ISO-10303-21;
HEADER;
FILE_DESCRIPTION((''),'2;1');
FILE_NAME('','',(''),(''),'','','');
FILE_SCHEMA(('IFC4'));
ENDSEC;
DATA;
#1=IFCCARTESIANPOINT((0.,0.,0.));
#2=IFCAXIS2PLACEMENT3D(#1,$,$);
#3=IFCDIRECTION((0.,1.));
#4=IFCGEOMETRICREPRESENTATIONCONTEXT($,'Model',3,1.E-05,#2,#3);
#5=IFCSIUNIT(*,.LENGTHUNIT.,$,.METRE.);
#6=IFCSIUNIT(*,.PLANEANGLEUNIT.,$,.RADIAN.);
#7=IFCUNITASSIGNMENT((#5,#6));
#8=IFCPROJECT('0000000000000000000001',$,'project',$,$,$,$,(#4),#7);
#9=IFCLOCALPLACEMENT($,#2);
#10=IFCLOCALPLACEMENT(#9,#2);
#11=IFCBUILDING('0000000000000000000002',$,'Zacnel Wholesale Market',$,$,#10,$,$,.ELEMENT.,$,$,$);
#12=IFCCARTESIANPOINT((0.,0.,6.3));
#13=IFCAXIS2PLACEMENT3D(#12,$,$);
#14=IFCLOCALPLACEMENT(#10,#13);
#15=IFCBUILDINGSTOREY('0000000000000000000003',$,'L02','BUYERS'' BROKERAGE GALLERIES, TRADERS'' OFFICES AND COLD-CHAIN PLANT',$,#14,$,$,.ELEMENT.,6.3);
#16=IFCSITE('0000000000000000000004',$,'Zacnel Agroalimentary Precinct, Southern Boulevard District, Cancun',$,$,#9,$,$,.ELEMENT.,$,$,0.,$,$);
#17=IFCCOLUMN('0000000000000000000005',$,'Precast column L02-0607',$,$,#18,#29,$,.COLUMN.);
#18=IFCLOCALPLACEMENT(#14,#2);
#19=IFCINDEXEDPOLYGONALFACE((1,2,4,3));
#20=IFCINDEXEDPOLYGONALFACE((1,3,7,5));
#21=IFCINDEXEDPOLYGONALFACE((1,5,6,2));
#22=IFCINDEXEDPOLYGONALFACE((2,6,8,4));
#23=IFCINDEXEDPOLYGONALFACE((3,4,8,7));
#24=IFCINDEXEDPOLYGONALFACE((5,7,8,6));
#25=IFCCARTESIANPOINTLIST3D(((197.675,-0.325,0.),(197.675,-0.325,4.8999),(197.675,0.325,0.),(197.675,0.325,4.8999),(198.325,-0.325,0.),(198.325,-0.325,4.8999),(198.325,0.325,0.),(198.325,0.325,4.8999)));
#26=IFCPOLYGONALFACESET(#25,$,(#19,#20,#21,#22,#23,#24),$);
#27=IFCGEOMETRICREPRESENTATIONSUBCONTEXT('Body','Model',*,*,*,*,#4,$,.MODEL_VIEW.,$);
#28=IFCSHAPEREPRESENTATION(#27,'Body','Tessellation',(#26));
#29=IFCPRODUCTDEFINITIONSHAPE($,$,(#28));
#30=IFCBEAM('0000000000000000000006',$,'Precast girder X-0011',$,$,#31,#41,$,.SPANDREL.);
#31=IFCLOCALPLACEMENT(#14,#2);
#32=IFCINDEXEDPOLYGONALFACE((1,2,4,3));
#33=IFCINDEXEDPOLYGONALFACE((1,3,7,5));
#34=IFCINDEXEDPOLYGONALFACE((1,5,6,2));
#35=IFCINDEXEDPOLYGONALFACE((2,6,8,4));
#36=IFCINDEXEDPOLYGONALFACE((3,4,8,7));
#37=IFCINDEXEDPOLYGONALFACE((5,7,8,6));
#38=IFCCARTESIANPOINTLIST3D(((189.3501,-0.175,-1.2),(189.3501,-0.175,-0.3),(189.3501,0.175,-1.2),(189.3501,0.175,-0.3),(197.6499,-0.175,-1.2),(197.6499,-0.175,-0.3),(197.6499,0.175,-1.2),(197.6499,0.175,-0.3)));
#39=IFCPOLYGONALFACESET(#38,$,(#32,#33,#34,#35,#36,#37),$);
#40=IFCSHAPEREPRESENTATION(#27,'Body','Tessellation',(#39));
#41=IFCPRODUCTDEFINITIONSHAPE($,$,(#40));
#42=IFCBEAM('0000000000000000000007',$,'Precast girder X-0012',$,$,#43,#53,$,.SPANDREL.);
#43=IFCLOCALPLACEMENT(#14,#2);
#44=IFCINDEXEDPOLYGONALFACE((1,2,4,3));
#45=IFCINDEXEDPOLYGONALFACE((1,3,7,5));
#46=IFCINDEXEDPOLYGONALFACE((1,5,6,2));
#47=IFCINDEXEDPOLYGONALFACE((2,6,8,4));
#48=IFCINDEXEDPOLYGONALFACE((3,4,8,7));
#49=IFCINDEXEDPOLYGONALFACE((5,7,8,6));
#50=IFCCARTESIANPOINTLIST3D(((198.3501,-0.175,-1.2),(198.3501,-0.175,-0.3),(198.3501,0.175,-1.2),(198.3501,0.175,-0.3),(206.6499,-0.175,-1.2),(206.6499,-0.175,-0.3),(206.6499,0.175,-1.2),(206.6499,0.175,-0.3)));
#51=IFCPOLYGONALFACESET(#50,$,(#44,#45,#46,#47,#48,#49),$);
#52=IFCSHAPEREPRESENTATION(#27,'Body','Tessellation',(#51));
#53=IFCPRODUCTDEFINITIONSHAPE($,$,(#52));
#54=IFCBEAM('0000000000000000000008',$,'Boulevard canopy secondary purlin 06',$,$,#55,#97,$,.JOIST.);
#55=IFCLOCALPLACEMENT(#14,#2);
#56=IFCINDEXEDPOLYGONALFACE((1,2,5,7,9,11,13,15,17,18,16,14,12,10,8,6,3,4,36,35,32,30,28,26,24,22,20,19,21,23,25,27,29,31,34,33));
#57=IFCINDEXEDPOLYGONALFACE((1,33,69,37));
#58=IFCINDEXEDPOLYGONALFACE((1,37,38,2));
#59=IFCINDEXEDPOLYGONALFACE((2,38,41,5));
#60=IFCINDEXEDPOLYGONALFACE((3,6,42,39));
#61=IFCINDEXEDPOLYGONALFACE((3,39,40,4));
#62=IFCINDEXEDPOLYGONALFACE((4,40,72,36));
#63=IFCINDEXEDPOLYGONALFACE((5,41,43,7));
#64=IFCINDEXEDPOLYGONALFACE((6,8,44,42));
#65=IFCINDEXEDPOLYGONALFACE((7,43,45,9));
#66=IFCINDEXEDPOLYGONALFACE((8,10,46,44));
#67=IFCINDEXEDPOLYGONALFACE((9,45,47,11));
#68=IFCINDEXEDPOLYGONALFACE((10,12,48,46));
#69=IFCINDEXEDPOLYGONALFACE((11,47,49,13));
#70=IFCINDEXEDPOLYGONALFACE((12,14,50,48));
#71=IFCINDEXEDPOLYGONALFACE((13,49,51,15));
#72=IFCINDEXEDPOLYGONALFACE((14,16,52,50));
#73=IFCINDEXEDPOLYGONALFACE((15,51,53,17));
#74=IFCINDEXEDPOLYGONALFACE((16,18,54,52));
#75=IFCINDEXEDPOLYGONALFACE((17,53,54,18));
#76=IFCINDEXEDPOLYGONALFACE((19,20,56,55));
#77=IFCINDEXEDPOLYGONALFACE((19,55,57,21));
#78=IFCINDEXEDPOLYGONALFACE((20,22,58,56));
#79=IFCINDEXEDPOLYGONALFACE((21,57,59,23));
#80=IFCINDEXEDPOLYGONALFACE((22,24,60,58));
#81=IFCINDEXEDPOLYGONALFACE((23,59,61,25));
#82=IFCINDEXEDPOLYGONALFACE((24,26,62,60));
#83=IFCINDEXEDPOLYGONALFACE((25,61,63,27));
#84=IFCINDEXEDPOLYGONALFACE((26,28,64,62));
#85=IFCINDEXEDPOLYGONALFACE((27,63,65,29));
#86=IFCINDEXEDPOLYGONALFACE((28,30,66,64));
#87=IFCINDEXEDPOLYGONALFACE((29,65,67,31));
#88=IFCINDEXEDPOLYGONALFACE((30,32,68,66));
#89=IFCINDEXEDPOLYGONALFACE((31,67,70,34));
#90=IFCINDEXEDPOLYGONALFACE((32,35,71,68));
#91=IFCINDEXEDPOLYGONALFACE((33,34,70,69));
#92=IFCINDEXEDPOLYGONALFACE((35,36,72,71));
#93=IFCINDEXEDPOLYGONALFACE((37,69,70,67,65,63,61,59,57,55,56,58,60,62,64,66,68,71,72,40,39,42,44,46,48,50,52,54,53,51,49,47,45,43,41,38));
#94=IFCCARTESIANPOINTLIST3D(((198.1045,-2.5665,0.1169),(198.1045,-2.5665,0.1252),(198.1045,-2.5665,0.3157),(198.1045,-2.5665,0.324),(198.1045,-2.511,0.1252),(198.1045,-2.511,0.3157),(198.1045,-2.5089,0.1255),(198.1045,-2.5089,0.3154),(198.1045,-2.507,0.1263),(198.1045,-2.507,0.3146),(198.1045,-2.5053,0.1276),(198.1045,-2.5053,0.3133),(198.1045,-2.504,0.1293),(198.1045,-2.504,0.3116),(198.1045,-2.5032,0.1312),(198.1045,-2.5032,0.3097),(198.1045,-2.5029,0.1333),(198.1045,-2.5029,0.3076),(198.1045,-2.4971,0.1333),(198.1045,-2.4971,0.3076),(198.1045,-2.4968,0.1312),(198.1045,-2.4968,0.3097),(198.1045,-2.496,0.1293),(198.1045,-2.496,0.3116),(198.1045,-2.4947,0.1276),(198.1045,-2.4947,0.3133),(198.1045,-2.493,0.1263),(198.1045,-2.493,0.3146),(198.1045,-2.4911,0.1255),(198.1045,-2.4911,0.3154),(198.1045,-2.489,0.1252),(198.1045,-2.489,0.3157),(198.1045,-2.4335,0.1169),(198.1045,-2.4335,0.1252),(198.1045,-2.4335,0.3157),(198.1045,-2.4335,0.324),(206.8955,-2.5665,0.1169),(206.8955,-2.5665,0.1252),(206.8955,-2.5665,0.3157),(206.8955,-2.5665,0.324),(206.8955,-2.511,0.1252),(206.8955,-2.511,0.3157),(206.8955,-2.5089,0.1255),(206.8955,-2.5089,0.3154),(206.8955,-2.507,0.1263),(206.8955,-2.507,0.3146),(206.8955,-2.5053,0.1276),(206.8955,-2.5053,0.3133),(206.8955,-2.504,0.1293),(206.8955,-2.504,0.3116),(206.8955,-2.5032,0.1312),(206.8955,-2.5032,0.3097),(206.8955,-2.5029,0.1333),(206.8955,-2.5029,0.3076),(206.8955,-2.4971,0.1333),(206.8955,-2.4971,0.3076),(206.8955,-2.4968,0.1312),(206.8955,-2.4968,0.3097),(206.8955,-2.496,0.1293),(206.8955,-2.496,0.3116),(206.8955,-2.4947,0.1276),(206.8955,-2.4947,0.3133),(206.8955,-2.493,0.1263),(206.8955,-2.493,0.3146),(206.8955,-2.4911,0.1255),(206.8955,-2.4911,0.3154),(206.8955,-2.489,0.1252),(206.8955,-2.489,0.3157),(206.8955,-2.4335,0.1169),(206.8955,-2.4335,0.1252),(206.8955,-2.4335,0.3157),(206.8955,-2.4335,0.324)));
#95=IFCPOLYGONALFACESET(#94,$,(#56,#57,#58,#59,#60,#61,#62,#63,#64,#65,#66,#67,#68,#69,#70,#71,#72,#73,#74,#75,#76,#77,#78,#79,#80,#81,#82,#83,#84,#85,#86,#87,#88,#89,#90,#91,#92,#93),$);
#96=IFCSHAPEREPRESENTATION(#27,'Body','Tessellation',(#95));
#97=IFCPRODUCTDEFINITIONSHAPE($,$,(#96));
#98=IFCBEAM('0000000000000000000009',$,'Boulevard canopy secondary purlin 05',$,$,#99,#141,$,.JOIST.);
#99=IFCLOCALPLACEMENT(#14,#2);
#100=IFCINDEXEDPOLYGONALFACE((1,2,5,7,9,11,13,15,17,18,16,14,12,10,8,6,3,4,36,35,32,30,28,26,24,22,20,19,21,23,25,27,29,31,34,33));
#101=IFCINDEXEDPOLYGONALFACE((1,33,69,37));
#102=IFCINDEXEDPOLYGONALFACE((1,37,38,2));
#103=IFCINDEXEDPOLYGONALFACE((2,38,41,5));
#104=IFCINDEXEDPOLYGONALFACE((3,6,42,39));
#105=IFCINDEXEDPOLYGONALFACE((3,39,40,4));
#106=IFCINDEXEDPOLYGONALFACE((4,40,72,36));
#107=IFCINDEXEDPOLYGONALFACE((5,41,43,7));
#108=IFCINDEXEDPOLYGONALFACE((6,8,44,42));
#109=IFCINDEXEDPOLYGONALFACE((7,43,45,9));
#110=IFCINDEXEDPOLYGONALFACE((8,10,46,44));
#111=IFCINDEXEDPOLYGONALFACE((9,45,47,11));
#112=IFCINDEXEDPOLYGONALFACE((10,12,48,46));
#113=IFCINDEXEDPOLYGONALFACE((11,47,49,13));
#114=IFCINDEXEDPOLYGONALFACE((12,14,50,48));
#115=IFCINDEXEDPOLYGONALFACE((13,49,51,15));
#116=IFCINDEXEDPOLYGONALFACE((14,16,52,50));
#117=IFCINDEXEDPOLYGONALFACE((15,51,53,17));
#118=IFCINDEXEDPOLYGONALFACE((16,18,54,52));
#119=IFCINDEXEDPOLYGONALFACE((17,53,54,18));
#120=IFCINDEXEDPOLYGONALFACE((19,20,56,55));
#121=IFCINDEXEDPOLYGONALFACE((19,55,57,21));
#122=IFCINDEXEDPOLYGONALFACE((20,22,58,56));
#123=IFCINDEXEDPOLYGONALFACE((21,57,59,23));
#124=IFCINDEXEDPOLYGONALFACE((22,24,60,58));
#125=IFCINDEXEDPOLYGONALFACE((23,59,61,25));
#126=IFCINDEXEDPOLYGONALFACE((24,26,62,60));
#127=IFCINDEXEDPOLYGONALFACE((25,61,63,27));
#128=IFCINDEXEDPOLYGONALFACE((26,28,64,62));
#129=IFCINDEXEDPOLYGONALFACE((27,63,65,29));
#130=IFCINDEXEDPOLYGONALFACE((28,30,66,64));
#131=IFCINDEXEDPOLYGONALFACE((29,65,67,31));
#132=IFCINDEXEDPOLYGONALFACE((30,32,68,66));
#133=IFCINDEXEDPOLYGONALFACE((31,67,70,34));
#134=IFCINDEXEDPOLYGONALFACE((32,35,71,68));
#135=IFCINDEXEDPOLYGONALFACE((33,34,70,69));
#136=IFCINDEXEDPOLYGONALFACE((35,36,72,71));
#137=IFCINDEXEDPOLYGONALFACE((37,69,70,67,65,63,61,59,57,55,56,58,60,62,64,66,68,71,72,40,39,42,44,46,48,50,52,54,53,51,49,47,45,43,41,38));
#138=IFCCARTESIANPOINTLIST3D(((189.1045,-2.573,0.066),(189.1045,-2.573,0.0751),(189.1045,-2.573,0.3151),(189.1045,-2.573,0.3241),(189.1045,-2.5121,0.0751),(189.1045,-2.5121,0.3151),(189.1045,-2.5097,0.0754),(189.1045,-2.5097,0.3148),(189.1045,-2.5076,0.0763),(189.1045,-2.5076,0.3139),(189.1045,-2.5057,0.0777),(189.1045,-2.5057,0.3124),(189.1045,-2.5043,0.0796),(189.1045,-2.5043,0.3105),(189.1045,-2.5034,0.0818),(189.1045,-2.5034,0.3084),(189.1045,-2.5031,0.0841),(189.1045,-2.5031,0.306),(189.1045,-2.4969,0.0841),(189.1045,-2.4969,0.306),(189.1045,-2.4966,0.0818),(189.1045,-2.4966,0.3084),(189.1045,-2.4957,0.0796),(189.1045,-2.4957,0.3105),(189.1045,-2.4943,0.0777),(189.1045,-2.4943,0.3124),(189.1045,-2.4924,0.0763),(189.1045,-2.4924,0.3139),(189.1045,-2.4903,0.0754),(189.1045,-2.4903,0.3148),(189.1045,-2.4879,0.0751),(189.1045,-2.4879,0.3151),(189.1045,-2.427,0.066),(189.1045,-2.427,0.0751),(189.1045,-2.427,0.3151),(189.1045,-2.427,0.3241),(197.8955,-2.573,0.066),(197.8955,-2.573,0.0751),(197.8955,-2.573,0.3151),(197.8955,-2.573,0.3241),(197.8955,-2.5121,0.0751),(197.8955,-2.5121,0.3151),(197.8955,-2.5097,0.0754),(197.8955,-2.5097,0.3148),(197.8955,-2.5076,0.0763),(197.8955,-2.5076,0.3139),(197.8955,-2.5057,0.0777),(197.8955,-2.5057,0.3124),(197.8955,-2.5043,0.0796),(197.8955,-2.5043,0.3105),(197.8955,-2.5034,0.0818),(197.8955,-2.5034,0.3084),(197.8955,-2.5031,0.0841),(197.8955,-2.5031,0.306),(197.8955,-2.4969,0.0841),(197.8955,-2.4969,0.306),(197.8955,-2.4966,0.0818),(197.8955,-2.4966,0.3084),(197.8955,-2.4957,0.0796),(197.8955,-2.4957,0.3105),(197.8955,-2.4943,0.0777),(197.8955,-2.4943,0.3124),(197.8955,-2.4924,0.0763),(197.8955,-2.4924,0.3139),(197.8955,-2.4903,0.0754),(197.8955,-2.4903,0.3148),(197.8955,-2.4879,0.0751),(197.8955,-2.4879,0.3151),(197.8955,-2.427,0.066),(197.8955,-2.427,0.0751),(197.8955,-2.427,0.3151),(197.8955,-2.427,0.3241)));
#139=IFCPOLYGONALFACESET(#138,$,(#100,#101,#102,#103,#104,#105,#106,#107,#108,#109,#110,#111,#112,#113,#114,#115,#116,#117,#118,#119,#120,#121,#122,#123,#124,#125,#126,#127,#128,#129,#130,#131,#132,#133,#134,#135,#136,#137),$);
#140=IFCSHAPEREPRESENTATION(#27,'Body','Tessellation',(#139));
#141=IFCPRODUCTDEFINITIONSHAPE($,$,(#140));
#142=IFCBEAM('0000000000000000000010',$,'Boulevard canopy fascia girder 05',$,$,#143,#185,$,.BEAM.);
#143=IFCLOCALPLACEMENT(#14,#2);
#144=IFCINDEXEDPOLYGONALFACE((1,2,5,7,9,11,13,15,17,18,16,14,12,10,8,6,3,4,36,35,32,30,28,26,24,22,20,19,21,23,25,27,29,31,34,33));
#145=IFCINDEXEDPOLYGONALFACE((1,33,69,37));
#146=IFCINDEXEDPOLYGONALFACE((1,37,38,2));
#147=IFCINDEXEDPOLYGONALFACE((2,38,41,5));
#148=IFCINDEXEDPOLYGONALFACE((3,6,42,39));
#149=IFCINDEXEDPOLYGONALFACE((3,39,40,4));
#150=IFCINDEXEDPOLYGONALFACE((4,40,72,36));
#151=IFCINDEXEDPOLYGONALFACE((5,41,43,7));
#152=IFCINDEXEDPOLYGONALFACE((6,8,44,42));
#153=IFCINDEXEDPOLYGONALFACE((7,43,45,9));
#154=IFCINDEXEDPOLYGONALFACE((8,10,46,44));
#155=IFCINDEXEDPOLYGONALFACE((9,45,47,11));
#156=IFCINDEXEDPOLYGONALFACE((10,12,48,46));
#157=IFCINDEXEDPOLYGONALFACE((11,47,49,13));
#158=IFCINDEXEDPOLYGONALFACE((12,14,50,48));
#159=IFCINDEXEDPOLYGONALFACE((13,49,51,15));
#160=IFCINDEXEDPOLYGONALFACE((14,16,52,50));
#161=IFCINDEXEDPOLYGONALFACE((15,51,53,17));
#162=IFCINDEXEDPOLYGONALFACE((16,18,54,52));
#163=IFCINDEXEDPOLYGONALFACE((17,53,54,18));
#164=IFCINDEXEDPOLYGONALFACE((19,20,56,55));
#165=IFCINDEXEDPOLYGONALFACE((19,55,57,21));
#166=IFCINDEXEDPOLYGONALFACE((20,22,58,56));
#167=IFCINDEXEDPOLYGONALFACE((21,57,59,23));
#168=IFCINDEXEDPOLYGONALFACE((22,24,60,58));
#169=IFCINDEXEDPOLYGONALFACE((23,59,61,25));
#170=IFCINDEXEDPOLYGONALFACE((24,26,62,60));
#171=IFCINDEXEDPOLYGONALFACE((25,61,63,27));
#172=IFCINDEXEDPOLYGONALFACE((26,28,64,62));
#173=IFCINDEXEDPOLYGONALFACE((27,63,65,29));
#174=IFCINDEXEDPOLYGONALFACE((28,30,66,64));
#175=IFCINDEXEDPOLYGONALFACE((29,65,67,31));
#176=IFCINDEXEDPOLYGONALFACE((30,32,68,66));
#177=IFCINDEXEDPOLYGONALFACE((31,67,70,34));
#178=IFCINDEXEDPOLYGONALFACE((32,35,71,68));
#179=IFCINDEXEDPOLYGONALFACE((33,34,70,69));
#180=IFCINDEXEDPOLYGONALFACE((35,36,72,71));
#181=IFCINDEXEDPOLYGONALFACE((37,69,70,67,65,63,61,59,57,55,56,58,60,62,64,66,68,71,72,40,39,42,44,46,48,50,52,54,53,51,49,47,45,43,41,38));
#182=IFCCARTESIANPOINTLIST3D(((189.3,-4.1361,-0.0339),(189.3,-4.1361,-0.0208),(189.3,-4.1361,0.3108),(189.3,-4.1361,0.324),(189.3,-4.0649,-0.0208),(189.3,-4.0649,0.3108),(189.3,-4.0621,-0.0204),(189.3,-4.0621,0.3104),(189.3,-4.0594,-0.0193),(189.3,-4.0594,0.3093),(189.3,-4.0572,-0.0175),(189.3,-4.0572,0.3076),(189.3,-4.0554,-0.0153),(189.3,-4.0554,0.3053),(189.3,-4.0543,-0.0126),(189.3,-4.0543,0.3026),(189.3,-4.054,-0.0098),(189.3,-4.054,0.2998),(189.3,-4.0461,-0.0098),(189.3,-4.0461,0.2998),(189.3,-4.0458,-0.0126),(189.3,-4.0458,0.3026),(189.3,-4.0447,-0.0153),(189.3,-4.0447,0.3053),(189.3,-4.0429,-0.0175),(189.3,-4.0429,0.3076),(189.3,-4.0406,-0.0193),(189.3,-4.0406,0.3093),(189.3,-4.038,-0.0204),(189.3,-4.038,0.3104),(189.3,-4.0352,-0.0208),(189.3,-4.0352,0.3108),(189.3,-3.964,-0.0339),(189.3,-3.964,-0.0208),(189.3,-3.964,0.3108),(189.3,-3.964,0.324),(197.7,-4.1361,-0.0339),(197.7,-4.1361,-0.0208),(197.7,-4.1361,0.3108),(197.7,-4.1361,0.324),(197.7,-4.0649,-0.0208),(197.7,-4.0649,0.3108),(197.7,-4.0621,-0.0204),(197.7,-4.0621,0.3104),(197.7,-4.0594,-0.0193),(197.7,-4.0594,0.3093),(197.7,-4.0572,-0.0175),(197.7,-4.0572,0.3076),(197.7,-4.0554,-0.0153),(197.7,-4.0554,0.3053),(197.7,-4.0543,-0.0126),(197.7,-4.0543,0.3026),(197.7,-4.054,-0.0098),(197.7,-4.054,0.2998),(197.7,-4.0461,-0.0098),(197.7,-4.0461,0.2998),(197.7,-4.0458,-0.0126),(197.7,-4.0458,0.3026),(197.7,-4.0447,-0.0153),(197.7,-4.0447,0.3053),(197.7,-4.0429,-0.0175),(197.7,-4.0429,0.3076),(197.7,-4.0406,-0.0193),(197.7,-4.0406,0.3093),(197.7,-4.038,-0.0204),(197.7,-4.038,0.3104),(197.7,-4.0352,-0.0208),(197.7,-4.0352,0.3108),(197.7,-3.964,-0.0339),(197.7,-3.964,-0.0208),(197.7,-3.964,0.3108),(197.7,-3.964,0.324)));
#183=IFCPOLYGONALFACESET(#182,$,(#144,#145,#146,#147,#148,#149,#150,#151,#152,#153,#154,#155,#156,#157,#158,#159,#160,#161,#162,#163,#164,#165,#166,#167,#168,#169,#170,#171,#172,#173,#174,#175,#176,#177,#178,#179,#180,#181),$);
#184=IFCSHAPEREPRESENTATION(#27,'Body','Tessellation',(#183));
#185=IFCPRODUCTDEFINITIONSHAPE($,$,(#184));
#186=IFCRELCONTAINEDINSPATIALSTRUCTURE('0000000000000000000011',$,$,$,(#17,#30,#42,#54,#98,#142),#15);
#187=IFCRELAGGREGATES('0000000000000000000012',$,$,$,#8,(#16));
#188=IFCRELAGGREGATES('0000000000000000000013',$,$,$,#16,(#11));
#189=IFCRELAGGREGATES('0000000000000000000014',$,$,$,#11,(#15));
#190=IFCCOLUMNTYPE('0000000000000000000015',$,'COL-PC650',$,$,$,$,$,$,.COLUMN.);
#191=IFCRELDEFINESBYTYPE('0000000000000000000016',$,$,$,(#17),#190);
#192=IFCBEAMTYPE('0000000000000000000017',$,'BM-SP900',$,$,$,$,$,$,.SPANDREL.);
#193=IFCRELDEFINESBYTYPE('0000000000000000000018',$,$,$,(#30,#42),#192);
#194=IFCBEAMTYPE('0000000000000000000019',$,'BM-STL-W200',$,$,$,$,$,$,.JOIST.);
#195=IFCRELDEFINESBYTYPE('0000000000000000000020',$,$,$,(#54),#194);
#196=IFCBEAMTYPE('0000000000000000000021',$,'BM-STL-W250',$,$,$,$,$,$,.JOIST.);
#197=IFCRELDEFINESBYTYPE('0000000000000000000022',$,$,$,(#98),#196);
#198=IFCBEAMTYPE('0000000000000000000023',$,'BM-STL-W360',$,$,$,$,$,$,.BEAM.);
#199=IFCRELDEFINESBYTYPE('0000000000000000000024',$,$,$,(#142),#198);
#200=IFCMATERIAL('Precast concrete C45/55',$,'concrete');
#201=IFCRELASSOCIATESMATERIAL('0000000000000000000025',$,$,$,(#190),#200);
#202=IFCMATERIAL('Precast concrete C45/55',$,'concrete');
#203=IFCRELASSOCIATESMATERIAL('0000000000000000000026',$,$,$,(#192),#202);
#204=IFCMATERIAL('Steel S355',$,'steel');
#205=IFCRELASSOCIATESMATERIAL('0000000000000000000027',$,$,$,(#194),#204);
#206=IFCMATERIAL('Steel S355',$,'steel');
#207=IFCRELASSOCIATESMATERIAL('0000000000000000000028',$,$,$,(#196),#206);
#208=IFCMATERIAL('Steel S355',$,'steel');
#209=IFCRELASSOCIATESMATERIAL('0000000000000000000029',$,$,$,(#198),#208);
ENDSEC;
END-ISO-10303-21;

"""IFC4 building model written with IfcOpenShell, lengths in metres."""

from ifc_helpers import new_model, si_unit, direction, frame, origin, origin_2d, place, context, subcontext, project, spatial, rectangle, i_section, extrude, material, material_profile, profile_set, type_object, element, save


model = new_model("IFC4")

# Units and contexts
model_context = context("Model", 3, precision=1e-05, world=origin(), true_north=direction((0.0, 1.0)))
body_context = subcontext(model_context, "Body", "Model", "MODEL_VIEW")
ifc_project = project(units=[si_unit("LENGTHUNIT", "METRE"), si_unit("PLANEANGLEUNIT", "RADIAN")], contexts=[model_context])

# Site, building, storey
site_placement = place(None, origin())
site = spatial("IfcSite", under=ifc_project, at=site_placement, Name="Zacnel Agroalimentary Precinct, Southern Boulevard District, Cancun", CompositionType="ELEMENT", RefElevation=0.0)
building_placement = place(site_placement, origin())
building = spatial("IfcBuilding", under=site, at=building_placement, Name="Zacnel Wholesale Market", CompositionType="ELEMENT")
storey_placement = place(building_placement, frame((0.0, 0.0, 6.3)))
storey = spatial("IfcBuildingStorey", under=building, at=storey_placement, Name="L02", Description="BUYERS' BROKERAGE GALLERIES, TRADERS' OFFICES AND COLD-CHAIN PLANT", CompositionType="ELEMENT", Elevation=6.3)

# Column
ifc_material_1 = material(Name="Precast concrete C45/55", Category="concrete")
ifc_material_profile_1 = material_profile(ifc_material_1, rectangle(XDim=0.6499, YDim=0.6499, at=origin_2d()), Name="PC 650x650")
ifc_profile_set_1 = profile_set([ifc_material_profile_1], Name="Precast concrete C45/55")
column_type = type_object("IfcColumnType", Name="COL-PC650", PredefinedType="COLUMN", material=ifc_profile_set_1)
column_placement = place(storey_placement, frame((198.0, 0.0, 0.0), z_axis=(0.0, 0.0, 1.0), x_axis=(1.0, 0.0, 0.0)))
element("IfcColumn", 1, at=column_placement, inside=storey, type_object=column_type, Name="Precast column L02-0607", PredefinedType="COLUMN", context=body_context, shape_type="SweptSolid", body=[
    extrude(rectangle(XDim=0.6499, YDim=0.6499, at=origin_2d()), origin(), (0.0, 0.0, 1.0), 4.8999),
])

# Beams
ifc_material_2 = material(Name="Precast concrete C45/55", Category="concrete")
ifc_material_profile_2 = material_profile(ifc_material_2, rectangle(XDim=0.3501, YDim=0.8999, at=origin_2d()), Name="SP 350x900")
ifc_profile_set_2 = profile_set([ifc_material_profile_2], Name="Precast concrete C45/55")
beam_type_1 = type_object("IfcBeamType", Name="BM-SP900", PredefinedType="SPANDREL", material=ifc_profile_set_2)
for number, where, z_axis, x_axis, name in (
    (2, (189.3501, 0.0, -0.75), (1.0, 0.0, 0.0), (0.0, 1.0, 0.0), "Precast girder X-0011"),
    (3, (198.3501, 0.0, -0.75), (1.0, 0.0, 0.0), (0.0, 1.0, 0.0), "Precast girder X-0012"),
):
    element("IfcBeam", number, at=place(storey_placement, frame(where, z_axis=z_axis, x_axis=x_axis)), inside=storey, type_object=beam_type_1, Name=name, PredefinedType="SPANDREL", context=body_context, shape_type="SweptSolid", body=[
        extrude(rectangle(XDim=0.3501, YDim=0.8999, at=origin_2d()), origin(), (0.0, 0.0, 1.0), 8.2998),
    ])
ifc_material_3 = material(Name="Steel S355", Category="steel")
ifc_material_profile_3 = material_profile(ifc_material_3, i_section(OverallWidth=0.1331, OverallDepth=0.207, WebThickness=0.0059, FlangeThickness=0.0083, FilletRadius=0.0081, at=origin_2d()), Name="W200X26.6")
ifc_profile_set_3 = profile_set([ifc_material_profile_3], Name="Steel S355")
beam_type_2 = type_object("IfcBeamType", Name="BM-STL-W200", PredefinedType="JOIST", material=ifc_profile_set_3)
beam_1_placement = place(storey_placement, frame((198.1045, -2.5, 0.2205), z_axis=(1.0, 0.0, 0.0), x_axis=(0.0, 1.0, 0.0)))
element("IfcBeam", 4, at=beam_1_placement, inside=storey, type_object=beam_type_2, Name="Boulevard canopy secondary purlin 06", PredefinedType="JOIST", context=body_context, shape_type="SweptSolid", body=[
    extrude(i_section(OverallWidth=0.1331, OverallDepth=0.207, WebThickness=0.0059, FlangeThickness=0.0083, FilletRadius=0.0081, at=origin_2d()), origin(), (0.0, 0.0, 1.0), 8.791),
])
ifc_material_4 = material(Name="Steel S355", Category="steel")
ifc_material_profile_4 = material_profile(ifc_material_4, i_section(OverallWidth=0.146, OverallDepth=0.2581, WebThickness=0.0061, FlangeThickness=0.009, FilletRadius=0.009, at=origin_2d()), Name="W250X32.7")
ifc_profile_set_4 = profile_set([ifc_material_profile_4], Name="Steel S355")
beam_type_3 = type_object("IfcBeamType", Name="BM-STL-W250", PredefinedType="JOIST", material=ifc_profile_set_4)
beam_2_placement = place(storey_placement, frame((189.1045, -2.5, 0.1951), z_axis=(1.0, 0.0, 0.0), x_axis=(0.0, 1.0, 0.0)))
element("IfcBeam", 5, at=beam_2_placement, inside=storey, type_object=beam_type_3, Name="Boulevard canopy secondary purlin 05", PredefinedType="JOIST", context=body_context, shape_type="SweptSolid", body=[
    extrude(i_section(OverallWidth=0.146, OverallDepth=0.2581, WebThickness=0.0061, FlangeThickness=0.009, FilletRadius=0.009, at=origin_2d()), origin(), (0.0, 0.0, 1.0), 8.791),
])
ifc_material_5 = material(Name="Steel S355", Category="steel")
ifc_material_profile_5 = material_profile(ifc_material_5, i_section(OverallWidth=0.1721, OverallDepth=0.3579, WebThickness=0.0078, FlangeThickness=0.0132, FilletRadius=0.011, at=origin_2d()), Name="W360X57.8")
ifc_profile_set_5 = profile_set([ifc_material_profile_5], Name="Steel S355")
beam_type_4 = type_object("IfcBeamType", Name="BM-STL-W360", PredefinedType="BEAM", material=ifc_profile_set_5)
for number, where, z_axis, x_axis, name in (
    (6, (189.3, -4.05, 0.145), (1.0, 0.0, 0.0), (0.0, 1.0, 0.0), "Boulevard canopy fascia girder 05"),
):
    element("IfcBeam", number, at=place(storey_placement, frame(where, z_axis=z_axis, x_axis=x_axis)), inside=storey, type_object=beam_type_4, Name=name, PredefinedType="BEAM", context=body_context, shape_type="SweptSolid", body=[
        extrude(i_section(OverallWidth=0.1721, OverallDepth=0.3579, WebThickness=0.0078, FlangeThickness=0.0132, FilletRadius=0.011, at=origin_2d()), origin(), (0.0, 0.0, 1.0), 8.3999),
    ])

save(model, "model.ifc")
